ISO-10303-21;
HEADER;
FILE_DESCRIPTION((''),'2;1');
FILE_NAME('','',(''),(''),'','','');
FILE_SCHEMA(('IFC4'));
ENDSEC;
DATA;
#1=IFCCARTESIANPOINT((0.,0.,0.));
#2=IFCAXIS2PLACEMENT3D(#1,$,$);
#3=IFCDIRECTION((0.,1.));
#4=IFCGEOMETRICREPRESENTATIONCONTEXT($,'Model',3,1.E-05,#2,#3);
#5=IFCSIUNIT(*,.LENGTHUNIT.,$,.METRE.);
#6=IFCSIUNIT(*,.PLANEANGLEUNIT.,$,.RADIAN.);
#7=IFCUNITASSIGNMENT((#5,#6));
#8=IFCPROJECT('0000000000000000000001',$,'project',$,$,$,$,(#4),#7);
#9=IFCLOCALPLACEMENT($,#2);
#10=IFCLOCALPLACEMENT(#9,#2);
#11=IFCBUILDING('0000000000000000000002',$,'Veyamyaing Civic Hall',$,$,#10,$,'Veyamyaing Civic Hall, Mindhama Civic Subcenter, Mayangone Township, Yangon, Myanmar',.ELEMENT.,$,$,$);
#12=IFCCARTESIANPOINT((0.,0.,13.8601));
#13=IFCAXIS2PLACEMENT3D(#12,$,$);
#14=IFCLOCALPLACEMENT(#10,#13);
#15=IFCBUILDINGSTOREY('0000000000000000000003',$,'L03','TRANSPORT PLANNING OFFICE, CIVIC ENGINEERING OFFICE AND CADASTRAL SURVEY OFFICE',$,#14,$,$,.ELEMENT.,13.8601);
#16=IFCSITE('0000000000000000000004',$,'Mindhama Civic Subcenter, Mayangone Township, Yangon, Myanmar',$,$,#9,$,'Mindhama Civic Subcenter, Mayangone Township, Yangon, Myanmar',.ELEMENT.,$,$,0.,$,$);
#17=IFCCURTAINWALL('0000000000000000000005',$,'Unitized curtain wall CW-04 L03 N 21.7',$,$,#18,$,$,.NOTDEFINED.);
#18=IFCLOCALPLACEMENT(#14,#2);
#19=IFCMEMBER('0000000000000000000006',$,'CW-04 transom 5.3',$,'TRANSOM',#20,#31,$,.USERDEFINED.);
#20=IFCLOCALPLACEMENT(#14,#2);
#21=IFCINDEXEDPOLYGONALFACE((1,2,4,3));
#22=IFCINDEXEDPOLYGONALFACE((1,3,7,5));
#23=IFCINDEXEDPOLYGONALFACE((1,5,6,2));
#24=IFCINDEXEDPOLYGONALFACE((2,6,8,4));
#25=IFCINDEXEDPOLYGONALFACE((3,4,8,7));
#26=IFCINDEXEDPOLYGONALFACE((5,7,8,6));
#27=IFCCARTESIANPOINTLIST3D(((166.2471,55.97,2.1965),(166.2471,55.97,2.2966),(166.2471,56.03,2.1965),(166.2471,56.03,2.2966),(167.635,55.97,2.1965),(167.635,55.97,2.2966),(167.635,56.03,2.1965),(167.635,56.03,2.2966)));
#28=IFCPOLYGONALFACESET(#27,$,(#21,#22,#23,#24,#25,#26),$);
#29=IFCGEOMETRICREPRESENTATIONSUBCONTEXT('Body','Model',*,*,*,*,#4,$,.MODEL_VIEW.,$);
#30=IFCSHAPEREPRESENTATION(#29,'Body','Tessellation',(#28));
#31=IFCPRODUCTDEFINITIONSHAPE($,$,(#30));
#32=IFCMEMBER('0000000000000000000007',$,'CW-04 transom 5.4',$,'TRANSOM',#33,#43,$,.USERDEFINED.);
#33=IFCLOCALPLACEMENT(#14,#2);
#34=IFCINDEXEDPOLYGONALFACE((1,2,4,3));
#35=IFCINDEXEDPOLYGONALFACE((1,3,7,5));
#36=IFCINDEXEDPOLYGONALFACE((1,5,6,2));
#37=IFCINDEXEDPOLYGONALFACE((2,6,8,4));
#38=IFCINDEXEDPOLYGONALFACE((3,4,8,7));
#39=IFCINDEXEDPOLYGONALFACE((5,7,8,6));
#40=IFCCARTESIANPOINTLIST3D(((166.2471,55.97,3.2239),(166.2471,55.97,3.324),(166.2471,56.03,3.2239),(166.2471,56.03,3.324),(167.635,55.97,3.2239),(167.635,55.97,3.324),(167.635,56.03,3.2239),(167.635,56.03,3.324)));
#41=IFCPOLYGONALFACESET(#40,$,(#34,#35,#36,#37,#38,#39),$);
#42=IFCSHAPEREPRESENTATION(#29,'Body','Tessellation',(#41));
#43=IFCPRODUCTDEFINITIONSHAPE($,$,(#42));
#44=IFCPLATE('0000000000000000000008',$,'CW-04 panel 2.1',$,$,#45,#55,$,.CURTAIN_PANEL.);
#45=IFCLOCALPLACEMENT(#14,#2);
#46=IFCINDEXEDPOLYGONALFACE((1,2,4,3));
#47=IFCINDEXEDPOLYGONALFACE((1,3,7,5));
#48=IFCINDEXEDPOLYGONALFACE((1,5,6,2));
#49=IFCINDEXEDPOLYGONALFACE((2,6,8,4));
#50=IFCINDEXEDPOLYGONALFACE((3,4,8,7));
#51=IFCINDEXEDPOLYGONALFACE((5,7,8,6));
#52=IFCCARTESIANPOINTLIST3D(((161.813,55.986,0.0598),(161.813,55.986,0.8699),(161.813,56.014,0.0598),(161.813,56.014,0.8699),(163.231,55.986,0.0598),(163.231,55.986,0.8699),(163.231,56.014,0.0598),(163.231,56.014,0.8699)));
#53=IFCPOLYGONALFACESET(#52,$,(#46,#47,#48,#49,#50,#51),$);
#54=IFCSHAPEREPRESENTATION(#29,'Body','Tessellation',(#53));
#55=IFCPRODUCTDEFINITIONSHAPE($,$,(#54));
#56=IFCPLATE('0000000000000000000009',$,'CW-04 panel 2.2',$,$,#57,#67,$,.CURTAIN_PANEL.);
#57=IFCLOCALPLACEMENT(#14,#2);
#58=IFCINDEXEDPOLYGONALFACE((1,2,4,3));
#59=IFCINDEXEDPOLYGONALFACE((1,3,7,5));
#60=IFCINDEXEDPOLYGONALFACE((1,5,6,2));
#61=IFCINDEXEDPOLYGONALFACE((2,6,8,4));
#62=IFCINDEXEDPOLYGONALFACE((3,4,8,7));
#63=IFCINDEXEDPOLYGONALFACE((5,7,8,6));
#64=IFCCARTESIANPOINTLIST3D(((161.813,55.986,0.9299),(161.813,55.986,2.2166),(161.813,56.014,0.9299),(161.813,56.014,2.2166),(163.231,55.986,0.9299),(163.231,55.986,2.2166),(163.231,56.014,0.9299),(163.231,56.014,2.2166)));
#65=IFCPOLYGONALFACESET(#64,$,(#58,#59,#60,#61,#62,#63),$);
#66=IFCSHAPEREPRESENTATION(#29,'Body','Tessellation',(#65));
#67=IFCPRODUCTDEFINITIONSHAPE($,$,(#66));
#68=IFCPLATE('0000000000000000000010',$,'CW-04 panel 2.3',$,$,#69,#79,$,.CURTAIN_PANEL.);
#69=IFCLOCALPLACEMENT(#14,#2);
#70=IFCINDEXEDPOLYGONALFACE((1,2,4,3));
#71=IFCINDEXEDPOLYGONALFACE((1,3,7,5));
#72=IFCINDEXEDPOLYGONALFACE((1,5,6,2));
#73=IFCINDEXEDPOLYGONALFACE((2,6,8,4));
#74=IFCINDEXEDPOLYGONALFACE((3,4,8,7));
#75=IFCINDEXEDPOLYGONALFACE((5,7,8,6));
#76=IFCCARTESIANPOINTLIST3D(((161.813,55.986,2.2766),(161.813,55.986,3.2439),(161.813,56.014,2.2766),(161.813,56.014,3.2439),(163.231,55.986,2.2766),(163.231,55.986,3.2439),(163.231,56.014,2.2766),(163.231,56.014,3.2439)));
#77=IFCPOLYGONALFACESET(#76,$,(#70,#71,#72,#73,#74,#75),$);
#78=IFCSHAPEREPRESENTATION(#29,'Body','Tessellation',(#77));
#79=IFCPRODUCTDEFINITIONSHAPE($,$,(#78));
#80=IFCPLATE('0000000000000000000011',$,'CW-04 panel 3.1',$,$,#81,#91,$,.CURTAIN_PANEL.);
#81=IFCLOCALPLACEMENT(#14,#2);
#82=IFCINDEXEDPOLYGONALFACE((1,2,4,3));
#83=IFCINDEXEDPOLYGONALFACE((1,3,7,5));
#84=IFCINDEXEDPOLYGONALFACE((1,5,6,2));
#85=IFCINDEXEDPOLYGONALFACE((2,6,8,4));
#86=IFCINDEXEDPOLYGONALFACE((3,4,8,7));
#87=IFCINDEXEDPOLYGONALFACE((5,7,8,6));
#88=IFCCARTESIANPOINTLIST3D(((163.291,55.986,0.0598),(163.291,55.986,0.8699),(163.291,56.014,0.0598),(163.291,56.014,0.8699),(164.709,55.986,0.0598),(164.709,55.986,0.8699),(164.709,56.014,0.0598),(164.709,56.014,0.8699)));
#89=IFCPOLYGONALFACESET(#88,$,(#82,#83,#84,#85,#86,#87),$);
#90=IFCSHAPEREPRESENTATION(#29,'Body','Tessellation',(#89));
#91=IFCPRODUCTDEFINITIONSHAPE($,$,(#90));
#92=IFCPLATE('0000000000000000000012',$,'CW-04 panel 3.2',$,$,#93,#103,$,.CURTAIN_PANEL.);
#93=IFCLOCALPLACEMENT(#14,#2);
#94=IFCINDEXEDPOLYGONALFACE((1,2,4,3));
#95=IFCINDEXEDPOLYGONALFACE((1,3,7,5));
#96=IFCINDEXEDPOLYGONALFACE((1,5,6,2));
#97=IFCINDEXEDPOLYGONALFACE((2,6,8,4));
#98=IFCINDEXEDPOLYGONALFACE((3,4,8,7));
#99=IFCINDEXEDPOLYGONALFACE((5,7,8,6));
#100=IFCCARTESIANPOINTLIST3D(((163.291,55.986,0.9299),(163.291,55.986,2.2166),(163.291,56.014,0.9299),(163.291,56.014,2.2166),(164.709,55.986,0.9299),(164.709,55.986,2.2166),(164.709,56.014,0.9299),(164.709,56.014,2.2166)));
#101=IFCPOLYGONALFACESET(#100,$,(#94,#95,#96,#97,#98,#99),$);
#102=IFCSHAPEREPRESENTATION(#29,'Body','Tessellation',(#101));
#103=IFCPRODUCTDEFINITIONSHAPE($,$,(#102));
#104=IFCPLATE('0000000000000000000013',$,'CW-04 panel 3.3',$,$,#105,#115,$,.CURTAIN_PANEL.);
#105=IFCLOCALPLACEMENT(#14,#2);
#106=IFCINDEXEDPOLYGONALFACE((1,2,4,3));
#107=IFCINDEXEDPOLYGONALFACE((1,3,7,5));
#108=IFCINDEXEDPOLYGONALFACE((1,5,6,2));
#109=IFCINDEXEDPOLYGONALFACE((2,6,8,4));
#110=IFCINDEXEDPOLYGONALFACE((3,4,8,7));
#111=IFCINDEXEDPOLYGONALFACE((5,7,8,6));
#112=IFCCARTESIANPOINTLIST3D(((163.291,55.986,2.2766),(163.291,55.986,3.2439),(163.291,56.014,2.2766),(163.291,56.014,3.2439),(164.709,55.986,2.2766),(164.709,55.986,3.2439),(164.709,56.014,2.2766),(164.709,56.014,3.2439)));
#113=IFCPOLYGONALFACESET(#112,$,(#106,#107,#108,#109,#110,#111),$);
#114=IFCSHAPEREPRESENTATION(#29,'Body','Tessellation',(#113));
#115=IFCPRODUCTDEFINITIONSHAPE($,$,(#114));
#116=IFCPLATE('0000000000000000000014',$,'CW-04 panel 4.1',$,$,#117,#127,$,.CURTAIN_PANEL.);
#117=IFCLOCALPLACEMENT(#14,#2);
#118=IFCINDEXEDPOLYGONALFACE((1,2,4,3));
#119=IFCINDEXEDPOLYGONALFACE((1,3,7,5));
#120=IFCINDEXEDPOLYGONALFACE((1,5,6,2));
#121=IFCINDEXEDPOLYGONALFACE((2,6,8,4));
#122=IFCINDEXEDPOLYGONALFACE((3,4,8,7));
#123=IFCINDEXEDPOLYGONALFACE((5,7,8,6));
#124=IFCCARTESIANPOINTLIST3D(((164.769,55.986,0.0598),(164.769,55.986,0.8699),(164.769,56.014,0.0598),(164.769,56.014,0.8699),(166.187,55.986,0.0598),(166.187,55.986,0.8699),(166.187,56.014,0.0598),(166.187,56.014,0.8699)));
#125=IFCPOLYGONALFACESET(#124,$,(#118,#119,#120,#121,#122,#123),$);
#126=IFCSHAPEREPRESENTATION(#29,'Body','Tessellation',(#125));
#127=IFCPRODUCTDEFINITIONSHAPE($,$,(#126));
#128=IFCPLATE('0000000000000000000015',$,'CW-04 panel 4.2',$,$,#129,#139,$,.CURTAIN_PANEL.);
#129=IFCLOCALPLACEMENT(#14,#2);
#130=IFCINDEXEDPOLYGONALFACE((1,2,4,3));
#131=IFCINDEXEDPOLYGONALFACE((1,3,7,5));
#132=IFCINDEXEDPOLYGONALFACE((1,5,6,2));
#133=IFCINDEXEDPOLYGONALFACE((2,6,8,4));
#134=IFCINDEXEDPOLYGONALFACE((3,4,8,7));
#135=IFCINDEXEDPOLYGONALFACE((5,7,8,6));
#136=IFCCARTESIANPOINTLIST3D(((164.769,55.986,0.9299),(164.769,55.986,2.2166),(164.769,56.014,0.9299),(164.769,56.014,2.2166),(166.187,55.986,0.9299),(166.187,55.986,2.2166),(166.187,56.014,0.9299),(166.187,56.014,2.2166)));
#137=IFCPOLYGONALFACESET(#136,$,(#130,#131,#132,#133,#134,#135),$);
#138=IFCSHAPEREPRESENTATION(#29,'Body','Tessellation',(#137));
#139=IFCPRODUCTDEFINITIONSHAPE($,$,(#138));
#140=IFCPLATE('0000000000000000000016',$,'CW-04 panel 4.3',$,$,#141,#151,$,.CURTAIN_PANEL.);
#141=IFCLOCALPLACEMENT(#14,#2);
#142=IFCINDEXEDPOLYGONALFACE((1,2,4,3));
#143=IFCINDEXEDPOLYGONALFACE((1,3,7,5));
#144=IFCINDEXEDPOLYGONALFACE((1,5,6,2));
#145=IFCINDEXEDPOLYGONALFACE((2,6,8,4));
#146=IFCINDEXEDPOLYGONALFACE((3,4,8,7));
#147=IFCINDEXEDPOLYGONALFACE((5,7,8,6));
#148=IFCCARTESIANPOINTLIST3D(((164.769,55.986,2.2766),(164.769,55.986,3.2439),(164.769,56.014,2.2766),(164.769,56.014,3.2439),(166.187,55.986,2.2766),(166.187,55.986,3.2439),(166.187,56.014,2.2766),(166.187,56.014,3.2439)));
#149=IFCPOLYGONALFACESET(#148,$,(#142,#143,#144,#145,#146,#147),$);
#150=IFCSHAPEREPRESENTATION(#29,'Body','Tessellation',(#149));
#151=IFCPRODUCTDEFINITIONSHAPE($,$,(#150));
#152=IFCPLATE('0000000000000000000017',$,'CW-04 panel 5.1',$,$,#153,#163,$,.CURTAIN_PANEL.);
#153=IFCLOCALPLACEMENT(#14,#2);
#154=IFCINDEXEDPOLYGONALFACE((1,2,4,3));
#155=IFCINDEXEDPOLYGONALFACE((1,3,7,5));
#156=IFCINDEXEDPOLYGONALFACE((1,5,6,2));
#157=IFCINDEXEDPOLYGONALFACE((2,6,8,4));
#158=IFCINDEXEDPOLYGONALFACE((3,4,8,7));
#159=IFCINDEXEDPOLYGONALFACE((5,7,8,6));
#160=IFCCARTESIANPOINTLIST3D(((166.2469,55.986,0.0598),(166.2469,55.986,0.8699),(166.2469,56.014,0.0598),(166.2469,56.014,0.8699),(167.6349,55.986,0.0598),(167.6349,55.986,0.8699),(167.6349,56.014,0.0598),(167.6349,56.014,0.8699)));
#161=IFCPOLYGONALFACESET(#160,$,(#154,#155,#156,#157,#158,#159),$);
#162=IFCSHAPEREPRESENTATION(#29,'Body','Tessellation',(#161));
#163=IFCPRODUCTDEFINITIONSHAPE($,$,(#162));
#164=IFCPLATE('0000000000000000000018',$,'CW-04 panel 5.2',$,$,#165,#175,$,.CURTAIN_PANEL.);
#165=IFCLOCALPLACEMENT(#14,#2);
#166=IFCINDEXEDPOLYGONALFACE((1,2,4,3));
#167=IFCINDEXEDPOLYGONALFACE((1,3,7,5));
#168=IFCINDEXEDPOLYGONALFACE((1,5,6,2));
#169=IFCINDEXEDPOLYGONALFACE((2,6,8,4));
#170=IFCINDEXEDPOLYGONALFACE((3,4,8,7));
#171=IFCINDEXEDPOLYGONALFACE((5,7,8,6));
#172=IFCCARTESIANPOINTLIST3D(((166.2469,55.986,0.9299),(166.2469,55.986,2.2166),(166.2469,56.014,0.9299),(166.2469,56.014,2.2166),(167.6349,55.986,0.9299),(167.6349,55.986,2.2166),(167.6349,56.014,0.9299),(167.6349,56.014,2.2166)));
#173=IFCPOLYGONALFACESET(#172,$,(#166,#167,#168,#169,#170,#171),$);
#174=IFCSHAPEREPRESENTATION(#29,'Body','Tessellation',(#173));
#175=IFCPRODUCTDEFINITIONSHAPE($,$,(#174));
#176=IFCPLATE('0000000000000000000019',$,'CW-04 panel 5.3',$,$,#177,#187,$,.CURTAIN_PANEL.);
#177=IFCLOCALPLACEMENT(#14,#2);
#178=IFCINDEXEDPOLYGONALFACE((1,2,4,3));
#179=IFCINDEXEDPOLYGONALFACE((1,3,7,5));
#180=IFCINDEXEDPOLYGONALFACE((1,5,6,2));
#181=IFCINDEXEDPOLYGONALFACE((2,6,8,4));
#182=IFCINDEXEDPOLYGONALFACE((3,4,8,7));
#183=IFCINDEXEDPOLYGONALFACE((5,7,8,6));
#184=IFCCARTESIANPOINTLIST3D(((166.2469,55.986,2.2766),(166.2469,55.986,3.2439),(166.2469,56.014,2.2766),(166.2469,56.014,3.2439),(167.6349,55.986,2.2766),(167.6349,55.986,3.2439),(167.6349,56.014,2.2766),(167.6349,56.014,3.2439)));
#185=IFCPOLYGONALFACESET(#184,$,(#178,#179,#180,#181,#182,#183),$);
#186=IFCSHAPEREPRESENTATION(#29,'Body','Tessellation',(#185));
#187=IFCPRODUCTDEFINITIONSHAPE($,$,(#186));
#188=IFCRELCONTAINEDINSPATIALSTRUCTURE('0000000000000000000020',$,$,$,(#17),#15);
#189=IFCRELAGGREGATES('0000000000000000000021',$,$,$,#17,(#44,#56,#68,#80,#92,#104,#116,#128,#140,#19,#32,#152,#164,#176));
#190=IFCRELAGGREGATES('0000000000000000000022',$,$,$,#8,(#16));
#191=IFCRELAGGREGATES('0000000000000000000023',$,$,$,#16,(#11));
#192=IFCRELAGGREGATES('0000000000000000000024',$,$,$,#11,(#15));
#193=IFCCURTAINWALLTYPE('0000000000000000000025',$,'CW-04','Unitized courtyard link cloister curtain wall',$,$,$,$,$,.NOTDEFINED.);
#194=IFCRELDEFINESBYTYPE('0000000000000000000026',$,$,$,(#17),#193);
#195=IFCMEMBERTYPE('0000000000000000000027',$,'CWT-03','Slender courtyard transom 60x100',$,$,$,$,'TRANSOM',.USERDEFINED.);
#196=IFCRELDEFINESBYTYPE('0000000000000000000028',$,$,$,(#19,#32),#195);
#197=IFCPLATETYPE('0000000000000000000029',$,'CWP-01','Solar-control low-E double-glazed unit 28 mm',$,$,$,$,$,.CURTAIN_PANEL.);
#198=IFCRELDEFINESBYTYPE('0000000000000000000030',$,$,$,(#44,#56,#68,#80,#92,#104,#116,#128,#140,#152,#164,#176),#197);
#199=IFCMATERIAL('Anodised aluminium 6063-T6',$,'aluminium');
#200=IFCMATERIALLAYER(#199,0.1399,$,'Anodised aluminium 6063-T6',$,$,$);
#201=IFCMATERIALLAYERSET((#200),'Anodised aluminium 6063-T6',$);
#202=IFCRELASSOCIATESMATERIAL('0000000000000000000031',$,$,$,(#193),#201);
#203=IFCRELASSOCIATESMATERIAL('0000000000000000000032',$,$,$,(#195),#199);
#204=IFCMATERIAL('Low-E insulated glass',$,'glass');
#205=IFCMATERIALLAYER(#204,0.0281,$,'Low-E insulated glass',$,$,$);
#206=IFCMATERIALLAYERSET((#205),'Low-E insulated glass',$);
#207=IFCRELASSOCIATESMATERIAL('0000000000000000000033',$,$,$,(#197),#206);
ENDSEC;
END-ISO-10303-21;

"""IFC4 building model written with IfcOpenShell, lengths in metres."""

from ifc_helpers import new_model, si_unit, direction, frame, origin, origin_2d, place, context, subcontext, project, spatial, rectangle, extrude, material, layer, layer_set, material_profile, profile_set, type_object, element, aggregate, save


model = new_model("IFC4")

# Units and contexts
model_context = context("Model", 3, precision=1e-05, world=origin(), true_north=direction((0.0, 1.0)))
body_context = subcontext(model_context, "Body", "Model", "MODEL_VIEW")
ifc_project = project(units=[si_unit("LENGTHUNIT", "METRE"), si_unit("PLANEANGLEUNIT", "RADIAN")], contexts=[model_context])

# Site, building, storey
site_placement = place(None, origin())
site = spatial("IfcSite", under=ifc_project, at=site_placement, Name="Mindhama Civic Subcenter, Mayangone Township, Yangon, Myanmar", LongName="Mindhama Civic Subcenter, Mayangone Township, Yangon, Myanmar", CompositionType="ELEMENT", RefElevation=0.0)
building_placement = place(site_placement, origin())
building = spatial("IfcBuilding", under=site, at=building_placement, Name="Veyamyaing Civic Hall", LongName="Veyamyaing Civic Hall, Mindhama Civic Subcenter, Mayangone Township, Yangon, Myanmar", CompositionType="ELEMENT")
storey_placement = place(building_placement, frame((0.0, 0.0, 13.8601)))
storey = spatial("IfcBuildingStorey", under=building, at=storey_placement, Name="L03", Description="TRANSPORT PLANNING OFFICE, CIVIC ENGINEERING OFFICE AND CADASTRAL SURVEY OFFICE", CompositionType="ELEMENT", Elevation=13.8601)

# Curtain wall, members, plates
ifc_material_1 = material(Name="Anodised aluminium 6063-T6", Category="aluminium")
ifc_layer_1 = layer(ifc_material_1, 0.1399, Name="Anodised aluminium 6063-T6")
ifc_layer_set_1 = layer_set([ifc_layer_1], Name="Anodised aluminium 6063-T6")
curtain_wall_type = type_object("IfcCurtainWallType", Name="CW-04", Description="Unitized courtyard link cloister curtain wall", PredefinedType="NOTDEFINED", material=ifc_layer_set_1)
curtain_wall_placement = place(storey_placement, origin())
curtain_wall = element("IfcCurtainWall", 1, at=curtain_wall_placement, inside=storey, type_object=curtain_wall_type, Name="Unitized curtain wall CW-04 L03 N 21.7", PredefinedType="NOTDEFINED")
ifc_material_profile_1 = material_profile(ifc_material_1, rectangle(XDim=0.0601, YDim=0.1001, at=origin_2d()), Name="ALU-TRN-60X100")
ifc_profile_set_1 = profile_set([ifc_material_profile_1], Name="Anodised aluminium 6063-T6")
member_type_1 = type_object("IfcMemberType", Name="CWT-03", Description="Slender courtyard transom 60x100", ElementType="TRANSOM", PredefinedType="USERDEFINED", material=ifc_profile_set_1)
member_1_placement = place(storey_placement, frame((166.2471, 56.0, 2.2466), z_axis=(1.0, 0.0, 0.0), x_axis=(0.0, 1.0, 0.0)))
member_1 = element("IfcMember", 2, at=member_1_placement, type_object=member_type_1, Name="CW-04 transom 5.3", ObjectType="TRANSOM", PredefinedType="USERDEFINED", context=body_context, shape_type="SweptSolid", body=[
    extrude(rectangle(XDim=0.0601, YDim=0.1001, at=origin_2d()), origin(), (0.0, 0.0, 1.0), 1.3879),
])
member_2_placement = place(storey_placement, frame((166.2471, 56.0, 3.2739), z_axis=(1.0, 0.0, 0.0), x_axis=(0.0, 1.0, 0.0)))
member_2 = element("IfcMember", 3, at=member_2_placement, type_object=member_type_1, Name="CW-04 transom 5.4", ObjectType="TRANSOM", PredefinedType="USERDEFINED", context=body_context, shape_type="SweptSolid", body=[
    extrude(rectangle(XDim=0.0601, YDim=0.1001, at=origin_2d()), origin(), (0.0, 0.0, 1.0), 1.3879),
])
ifc_material_2 = material(Name="Low-E insulated glass", Category="glass")
ifc_layer_2 = layer(ifc_material_2, 0.0281, Name="Low-E insulated glass")
ifc_layer_set_2 = layer_set([ifc_layer_2], Name="Low-E insulated glass")
plate_type = type_object("IfcPlateType", Name="CWP-01", Description="Solar-control low-E double-glazed unit 28 mm", PredefinedType="CURTAIN_PANEL", material=ifc_layer_set_2)
plate_1_placement = place(storey_placement, frame((162.522, 56.0, 0.0598), z_axis=(0.0, 0.0, 1.0), x_axis=(1.0, 0.0, 0.0)))
plate_1 = element("IfcPlate", 4, at=plate_1_placement, type_object=plate_type, Name="CW-04 panel 2.1", PredefinedType="CURTAIN_PANEL", context=body_context, shape_type="SweptSolid", body=[
    extrude(rectangle(XDim=1.418, YDim=0.0281, at=origin_2d()), origin(), (0.0, 0.0, 1.0), 0.8101),
])
plate_2_placement = place(storey_placement, frame((162.522, 56.0, 0.9299), z_axis=(0.0, 0.0, 1.0), x_axis=(1.0, 0.0, 0.0)))
plate_2 = element("IfcPlate", 5, at=plate_2_placement, type_object=plate_type, Name="CW-04 panel 2.2", PredefinedType="CURTAIN_PANEL", context=body_context, shape_type="SweptSolid", body=[
    extrude(rectangle(XDim=1.418, YDim=0.0281, at=origin_2d()), origin(), (0.0, 0.0, 1.0), 1.2866),
])
plate_3_placement = place(storey_placement, frame((162.522, 56.0, 2.2766), z_axis=(0.0, 0.0, 1.0), x_axis=(1.0, 0.0, 0.0)))
plate_3 = element("IfcPlate", 6, at=plate_3_placement, type_object=plate_type, Name="CW-04 panel 2.3", PredefinedType="CURTAIN_PANEL", context=body_context, shape_type="SweptSolid", body=[
    extrude(rectangle(XDim=1.418, YDim=0.0281, at=origin_2d()), origin(), (0.0, 0.0, 1.0), 0.9673),
])
plate_4_placement = place(storey_placement, frame((164.0, 56.0, 0.0598), z_axis=(0.0, 0.0, 1.0), x_axis=(1.0, 0.0, 0.0)))
plate_4 = element("IfcPlate", 7, at=plate_4_placement, type_object=plate_type, Name="CW-04 panel 3.1", PredefinedType="CURTAIN_PANEL", context=body_context, shape_type="SweptSolid", body=[
    extrude(rectangle(XDim=1.418, YDim=0.0281, at=origin_2d()), origin(), (0.0, 0.0, 1.0), 0.8101),
])
plate_5_placement = place(storey_placement, frame((164.0, 56.0, 0.9299), z_axis=(0.0, 0.0, 1.0), x_axis=(1.0, 0.0, 0.0)))
plate_5 = element("IfcPlate", 8, at=plate_5_placement, type_object=plate_type, Name="CW-04 panel 3.2", PredefinedType="CURTAIN_PANEL", context=body_context, shape_type="SweptSolid", body=[
    extrude(rectangle(XDim=1.418, YDim=0.0281, at=origin_2d()), origin(), (0.0, 0.0, 1.0), 1.2866),
])
plate_6_placement = place(storey_placement, frame((164.0, 56.0, 2.2766), z_axis=(0.0, 0.0, 1.0), x_axis=(1.0, 0.0, 0.0)))
plate_6 = element("IfcPlate", 9, at=plate_6_placement, type_object=plate_type, Name="CW-04 panel 3.3", PredefinedType="CURTAIN_PANEL", context=body_context, shape_type="SweptSolid", body=[
    extrude(rectangle(XDim=1.418, YDim=0.0281, at=origin_2d()), origin(), (0.0, 0.0, 1.0), 0.9673),
])
plate_7_placement = place(storey_placement, frame((165.478, 56.0, 0.0598), z_axis=(0.0, 0.0, 1.0), x_axis=(1.0, 0.0, 0.0)))
plate_7 = element("IfcPlate", 10, at=plate_7_placement, type_object=plate_type, Name="CW-04 panel 4.1", PredefinedType="CURTAIN_PANEL", context=body_context, shape_type="SweptSolid", body=[
    extrude(rectangle(XDim=1.418, YDim=0.0281, at=origin_2d()), origin(), (0.0, 0.0, 1.0), 0.8101),
])
plate_8_placement = place(storey_placement, frame((165.478, 56.0, 0.9299), z_axis=(0.0, 0.0, 1.0), x_axis=(1.0, 0.0, 0.0)))
plate_8 = element("IfcPlate", 11, at=plate_8_placement, type_object=plate_type, Name="CW-04 panel 4.2", PredefinedType="CURTAIN_PANEL", context=body_context, shape_type="SweptSolid", body=[
    extrude(rectangle(XDim=1.418, YDim=0.0281, at=origin_2d()), origin(), (0.0, 0.0, 1.0), 1.2866),
])
plate_9_placement = place(storey_placement, frame((165.478, 56.0, 2.2766), z_axis=(0.0, 0.0, 1.0), x_axis=(1.0, 0.0, 0.0)))
plate_9 = element("IfcPlate", 12, at=plate_9_placement, type_object=plate_type, Name="CW-04 panel 4.3", PredefinedType="CURTAIN_PANEL", context=body_context, shape_type="SweptSolid", body=[
    extrude(rectangle(XDim=1.418, YDim=0.0281, at=origin_2d()), origin(), (0.0, 0.0, 1.0), 0.9673),
])
plate_10_placement = place(storey_placement, frame((166.9409, 56.0, 0.0598), z_axis=(0.0, 0.0, 1.0), x_axis=(1.0, 0.0, 0.0)))
plate_10 = element("IfcPlate", 13, at=plate_10_placement, type_object=plate_type, Name="CW-04 panel 5.1", PredefinedType="CURTAIN_PANEL", context=body_context, shape_type="SweptSolid", body=[
    extrude(rectangle(XDim=1.3879, YDim=0.0281, at=origin_2d()), origin(), (0.0, 0.0, 1.0), 0.8101),
])
plate_11_placement = place(storey_placement, frame((166.9409, 56.0, 0.9299), z_axis=(0.0, 0.0, 1.0), x_axis=(1.0, 0.0, 0.0)))
plate_11 = element("IfcPlate", 14, at=plate_11_placement, type_object=plate_type, Name="CW-04 panel 5.2", PredefinedType="CURTAIN_PANEL", context=body_context, shape_type="SweptSolid", body=[
    extrude(rectangle(XDim=1.3879, YDim=0.0281, at=origin_2d()), origin(), (0.0, 0.0, 1.0), 1.2866),
])
plate_12_placement = place(storey_placement, frame((166.9409, 56.0, 2.2766), z_axis=(0.0, 0.0, 1.0), x_axis=(1.0, 0.0, 0.0)))
plate_12 = element("IfcPlate", 15, at=plate_12_placement, type_object=plate_type, Name="CW-04 panel 5.3", PredefinedType="CURTAIN_PANEL", context=body_context, shape_type="SweptSolid", body=[
    extrude(rectangle(XDim=1.3879, YDim=0.0281, at=origin_2d()), origin(), (0.0, 0.0, 1.0), 0.9673),
])
aggregate(curtain_wall, [plate_1, plate_2, plate_3, plate_4, plate_5, plate_6, plate_7, plate_8, plate_9, member_1, member_2, plate_10, plate_11, plate_12])

save(model, "model.ifc")
